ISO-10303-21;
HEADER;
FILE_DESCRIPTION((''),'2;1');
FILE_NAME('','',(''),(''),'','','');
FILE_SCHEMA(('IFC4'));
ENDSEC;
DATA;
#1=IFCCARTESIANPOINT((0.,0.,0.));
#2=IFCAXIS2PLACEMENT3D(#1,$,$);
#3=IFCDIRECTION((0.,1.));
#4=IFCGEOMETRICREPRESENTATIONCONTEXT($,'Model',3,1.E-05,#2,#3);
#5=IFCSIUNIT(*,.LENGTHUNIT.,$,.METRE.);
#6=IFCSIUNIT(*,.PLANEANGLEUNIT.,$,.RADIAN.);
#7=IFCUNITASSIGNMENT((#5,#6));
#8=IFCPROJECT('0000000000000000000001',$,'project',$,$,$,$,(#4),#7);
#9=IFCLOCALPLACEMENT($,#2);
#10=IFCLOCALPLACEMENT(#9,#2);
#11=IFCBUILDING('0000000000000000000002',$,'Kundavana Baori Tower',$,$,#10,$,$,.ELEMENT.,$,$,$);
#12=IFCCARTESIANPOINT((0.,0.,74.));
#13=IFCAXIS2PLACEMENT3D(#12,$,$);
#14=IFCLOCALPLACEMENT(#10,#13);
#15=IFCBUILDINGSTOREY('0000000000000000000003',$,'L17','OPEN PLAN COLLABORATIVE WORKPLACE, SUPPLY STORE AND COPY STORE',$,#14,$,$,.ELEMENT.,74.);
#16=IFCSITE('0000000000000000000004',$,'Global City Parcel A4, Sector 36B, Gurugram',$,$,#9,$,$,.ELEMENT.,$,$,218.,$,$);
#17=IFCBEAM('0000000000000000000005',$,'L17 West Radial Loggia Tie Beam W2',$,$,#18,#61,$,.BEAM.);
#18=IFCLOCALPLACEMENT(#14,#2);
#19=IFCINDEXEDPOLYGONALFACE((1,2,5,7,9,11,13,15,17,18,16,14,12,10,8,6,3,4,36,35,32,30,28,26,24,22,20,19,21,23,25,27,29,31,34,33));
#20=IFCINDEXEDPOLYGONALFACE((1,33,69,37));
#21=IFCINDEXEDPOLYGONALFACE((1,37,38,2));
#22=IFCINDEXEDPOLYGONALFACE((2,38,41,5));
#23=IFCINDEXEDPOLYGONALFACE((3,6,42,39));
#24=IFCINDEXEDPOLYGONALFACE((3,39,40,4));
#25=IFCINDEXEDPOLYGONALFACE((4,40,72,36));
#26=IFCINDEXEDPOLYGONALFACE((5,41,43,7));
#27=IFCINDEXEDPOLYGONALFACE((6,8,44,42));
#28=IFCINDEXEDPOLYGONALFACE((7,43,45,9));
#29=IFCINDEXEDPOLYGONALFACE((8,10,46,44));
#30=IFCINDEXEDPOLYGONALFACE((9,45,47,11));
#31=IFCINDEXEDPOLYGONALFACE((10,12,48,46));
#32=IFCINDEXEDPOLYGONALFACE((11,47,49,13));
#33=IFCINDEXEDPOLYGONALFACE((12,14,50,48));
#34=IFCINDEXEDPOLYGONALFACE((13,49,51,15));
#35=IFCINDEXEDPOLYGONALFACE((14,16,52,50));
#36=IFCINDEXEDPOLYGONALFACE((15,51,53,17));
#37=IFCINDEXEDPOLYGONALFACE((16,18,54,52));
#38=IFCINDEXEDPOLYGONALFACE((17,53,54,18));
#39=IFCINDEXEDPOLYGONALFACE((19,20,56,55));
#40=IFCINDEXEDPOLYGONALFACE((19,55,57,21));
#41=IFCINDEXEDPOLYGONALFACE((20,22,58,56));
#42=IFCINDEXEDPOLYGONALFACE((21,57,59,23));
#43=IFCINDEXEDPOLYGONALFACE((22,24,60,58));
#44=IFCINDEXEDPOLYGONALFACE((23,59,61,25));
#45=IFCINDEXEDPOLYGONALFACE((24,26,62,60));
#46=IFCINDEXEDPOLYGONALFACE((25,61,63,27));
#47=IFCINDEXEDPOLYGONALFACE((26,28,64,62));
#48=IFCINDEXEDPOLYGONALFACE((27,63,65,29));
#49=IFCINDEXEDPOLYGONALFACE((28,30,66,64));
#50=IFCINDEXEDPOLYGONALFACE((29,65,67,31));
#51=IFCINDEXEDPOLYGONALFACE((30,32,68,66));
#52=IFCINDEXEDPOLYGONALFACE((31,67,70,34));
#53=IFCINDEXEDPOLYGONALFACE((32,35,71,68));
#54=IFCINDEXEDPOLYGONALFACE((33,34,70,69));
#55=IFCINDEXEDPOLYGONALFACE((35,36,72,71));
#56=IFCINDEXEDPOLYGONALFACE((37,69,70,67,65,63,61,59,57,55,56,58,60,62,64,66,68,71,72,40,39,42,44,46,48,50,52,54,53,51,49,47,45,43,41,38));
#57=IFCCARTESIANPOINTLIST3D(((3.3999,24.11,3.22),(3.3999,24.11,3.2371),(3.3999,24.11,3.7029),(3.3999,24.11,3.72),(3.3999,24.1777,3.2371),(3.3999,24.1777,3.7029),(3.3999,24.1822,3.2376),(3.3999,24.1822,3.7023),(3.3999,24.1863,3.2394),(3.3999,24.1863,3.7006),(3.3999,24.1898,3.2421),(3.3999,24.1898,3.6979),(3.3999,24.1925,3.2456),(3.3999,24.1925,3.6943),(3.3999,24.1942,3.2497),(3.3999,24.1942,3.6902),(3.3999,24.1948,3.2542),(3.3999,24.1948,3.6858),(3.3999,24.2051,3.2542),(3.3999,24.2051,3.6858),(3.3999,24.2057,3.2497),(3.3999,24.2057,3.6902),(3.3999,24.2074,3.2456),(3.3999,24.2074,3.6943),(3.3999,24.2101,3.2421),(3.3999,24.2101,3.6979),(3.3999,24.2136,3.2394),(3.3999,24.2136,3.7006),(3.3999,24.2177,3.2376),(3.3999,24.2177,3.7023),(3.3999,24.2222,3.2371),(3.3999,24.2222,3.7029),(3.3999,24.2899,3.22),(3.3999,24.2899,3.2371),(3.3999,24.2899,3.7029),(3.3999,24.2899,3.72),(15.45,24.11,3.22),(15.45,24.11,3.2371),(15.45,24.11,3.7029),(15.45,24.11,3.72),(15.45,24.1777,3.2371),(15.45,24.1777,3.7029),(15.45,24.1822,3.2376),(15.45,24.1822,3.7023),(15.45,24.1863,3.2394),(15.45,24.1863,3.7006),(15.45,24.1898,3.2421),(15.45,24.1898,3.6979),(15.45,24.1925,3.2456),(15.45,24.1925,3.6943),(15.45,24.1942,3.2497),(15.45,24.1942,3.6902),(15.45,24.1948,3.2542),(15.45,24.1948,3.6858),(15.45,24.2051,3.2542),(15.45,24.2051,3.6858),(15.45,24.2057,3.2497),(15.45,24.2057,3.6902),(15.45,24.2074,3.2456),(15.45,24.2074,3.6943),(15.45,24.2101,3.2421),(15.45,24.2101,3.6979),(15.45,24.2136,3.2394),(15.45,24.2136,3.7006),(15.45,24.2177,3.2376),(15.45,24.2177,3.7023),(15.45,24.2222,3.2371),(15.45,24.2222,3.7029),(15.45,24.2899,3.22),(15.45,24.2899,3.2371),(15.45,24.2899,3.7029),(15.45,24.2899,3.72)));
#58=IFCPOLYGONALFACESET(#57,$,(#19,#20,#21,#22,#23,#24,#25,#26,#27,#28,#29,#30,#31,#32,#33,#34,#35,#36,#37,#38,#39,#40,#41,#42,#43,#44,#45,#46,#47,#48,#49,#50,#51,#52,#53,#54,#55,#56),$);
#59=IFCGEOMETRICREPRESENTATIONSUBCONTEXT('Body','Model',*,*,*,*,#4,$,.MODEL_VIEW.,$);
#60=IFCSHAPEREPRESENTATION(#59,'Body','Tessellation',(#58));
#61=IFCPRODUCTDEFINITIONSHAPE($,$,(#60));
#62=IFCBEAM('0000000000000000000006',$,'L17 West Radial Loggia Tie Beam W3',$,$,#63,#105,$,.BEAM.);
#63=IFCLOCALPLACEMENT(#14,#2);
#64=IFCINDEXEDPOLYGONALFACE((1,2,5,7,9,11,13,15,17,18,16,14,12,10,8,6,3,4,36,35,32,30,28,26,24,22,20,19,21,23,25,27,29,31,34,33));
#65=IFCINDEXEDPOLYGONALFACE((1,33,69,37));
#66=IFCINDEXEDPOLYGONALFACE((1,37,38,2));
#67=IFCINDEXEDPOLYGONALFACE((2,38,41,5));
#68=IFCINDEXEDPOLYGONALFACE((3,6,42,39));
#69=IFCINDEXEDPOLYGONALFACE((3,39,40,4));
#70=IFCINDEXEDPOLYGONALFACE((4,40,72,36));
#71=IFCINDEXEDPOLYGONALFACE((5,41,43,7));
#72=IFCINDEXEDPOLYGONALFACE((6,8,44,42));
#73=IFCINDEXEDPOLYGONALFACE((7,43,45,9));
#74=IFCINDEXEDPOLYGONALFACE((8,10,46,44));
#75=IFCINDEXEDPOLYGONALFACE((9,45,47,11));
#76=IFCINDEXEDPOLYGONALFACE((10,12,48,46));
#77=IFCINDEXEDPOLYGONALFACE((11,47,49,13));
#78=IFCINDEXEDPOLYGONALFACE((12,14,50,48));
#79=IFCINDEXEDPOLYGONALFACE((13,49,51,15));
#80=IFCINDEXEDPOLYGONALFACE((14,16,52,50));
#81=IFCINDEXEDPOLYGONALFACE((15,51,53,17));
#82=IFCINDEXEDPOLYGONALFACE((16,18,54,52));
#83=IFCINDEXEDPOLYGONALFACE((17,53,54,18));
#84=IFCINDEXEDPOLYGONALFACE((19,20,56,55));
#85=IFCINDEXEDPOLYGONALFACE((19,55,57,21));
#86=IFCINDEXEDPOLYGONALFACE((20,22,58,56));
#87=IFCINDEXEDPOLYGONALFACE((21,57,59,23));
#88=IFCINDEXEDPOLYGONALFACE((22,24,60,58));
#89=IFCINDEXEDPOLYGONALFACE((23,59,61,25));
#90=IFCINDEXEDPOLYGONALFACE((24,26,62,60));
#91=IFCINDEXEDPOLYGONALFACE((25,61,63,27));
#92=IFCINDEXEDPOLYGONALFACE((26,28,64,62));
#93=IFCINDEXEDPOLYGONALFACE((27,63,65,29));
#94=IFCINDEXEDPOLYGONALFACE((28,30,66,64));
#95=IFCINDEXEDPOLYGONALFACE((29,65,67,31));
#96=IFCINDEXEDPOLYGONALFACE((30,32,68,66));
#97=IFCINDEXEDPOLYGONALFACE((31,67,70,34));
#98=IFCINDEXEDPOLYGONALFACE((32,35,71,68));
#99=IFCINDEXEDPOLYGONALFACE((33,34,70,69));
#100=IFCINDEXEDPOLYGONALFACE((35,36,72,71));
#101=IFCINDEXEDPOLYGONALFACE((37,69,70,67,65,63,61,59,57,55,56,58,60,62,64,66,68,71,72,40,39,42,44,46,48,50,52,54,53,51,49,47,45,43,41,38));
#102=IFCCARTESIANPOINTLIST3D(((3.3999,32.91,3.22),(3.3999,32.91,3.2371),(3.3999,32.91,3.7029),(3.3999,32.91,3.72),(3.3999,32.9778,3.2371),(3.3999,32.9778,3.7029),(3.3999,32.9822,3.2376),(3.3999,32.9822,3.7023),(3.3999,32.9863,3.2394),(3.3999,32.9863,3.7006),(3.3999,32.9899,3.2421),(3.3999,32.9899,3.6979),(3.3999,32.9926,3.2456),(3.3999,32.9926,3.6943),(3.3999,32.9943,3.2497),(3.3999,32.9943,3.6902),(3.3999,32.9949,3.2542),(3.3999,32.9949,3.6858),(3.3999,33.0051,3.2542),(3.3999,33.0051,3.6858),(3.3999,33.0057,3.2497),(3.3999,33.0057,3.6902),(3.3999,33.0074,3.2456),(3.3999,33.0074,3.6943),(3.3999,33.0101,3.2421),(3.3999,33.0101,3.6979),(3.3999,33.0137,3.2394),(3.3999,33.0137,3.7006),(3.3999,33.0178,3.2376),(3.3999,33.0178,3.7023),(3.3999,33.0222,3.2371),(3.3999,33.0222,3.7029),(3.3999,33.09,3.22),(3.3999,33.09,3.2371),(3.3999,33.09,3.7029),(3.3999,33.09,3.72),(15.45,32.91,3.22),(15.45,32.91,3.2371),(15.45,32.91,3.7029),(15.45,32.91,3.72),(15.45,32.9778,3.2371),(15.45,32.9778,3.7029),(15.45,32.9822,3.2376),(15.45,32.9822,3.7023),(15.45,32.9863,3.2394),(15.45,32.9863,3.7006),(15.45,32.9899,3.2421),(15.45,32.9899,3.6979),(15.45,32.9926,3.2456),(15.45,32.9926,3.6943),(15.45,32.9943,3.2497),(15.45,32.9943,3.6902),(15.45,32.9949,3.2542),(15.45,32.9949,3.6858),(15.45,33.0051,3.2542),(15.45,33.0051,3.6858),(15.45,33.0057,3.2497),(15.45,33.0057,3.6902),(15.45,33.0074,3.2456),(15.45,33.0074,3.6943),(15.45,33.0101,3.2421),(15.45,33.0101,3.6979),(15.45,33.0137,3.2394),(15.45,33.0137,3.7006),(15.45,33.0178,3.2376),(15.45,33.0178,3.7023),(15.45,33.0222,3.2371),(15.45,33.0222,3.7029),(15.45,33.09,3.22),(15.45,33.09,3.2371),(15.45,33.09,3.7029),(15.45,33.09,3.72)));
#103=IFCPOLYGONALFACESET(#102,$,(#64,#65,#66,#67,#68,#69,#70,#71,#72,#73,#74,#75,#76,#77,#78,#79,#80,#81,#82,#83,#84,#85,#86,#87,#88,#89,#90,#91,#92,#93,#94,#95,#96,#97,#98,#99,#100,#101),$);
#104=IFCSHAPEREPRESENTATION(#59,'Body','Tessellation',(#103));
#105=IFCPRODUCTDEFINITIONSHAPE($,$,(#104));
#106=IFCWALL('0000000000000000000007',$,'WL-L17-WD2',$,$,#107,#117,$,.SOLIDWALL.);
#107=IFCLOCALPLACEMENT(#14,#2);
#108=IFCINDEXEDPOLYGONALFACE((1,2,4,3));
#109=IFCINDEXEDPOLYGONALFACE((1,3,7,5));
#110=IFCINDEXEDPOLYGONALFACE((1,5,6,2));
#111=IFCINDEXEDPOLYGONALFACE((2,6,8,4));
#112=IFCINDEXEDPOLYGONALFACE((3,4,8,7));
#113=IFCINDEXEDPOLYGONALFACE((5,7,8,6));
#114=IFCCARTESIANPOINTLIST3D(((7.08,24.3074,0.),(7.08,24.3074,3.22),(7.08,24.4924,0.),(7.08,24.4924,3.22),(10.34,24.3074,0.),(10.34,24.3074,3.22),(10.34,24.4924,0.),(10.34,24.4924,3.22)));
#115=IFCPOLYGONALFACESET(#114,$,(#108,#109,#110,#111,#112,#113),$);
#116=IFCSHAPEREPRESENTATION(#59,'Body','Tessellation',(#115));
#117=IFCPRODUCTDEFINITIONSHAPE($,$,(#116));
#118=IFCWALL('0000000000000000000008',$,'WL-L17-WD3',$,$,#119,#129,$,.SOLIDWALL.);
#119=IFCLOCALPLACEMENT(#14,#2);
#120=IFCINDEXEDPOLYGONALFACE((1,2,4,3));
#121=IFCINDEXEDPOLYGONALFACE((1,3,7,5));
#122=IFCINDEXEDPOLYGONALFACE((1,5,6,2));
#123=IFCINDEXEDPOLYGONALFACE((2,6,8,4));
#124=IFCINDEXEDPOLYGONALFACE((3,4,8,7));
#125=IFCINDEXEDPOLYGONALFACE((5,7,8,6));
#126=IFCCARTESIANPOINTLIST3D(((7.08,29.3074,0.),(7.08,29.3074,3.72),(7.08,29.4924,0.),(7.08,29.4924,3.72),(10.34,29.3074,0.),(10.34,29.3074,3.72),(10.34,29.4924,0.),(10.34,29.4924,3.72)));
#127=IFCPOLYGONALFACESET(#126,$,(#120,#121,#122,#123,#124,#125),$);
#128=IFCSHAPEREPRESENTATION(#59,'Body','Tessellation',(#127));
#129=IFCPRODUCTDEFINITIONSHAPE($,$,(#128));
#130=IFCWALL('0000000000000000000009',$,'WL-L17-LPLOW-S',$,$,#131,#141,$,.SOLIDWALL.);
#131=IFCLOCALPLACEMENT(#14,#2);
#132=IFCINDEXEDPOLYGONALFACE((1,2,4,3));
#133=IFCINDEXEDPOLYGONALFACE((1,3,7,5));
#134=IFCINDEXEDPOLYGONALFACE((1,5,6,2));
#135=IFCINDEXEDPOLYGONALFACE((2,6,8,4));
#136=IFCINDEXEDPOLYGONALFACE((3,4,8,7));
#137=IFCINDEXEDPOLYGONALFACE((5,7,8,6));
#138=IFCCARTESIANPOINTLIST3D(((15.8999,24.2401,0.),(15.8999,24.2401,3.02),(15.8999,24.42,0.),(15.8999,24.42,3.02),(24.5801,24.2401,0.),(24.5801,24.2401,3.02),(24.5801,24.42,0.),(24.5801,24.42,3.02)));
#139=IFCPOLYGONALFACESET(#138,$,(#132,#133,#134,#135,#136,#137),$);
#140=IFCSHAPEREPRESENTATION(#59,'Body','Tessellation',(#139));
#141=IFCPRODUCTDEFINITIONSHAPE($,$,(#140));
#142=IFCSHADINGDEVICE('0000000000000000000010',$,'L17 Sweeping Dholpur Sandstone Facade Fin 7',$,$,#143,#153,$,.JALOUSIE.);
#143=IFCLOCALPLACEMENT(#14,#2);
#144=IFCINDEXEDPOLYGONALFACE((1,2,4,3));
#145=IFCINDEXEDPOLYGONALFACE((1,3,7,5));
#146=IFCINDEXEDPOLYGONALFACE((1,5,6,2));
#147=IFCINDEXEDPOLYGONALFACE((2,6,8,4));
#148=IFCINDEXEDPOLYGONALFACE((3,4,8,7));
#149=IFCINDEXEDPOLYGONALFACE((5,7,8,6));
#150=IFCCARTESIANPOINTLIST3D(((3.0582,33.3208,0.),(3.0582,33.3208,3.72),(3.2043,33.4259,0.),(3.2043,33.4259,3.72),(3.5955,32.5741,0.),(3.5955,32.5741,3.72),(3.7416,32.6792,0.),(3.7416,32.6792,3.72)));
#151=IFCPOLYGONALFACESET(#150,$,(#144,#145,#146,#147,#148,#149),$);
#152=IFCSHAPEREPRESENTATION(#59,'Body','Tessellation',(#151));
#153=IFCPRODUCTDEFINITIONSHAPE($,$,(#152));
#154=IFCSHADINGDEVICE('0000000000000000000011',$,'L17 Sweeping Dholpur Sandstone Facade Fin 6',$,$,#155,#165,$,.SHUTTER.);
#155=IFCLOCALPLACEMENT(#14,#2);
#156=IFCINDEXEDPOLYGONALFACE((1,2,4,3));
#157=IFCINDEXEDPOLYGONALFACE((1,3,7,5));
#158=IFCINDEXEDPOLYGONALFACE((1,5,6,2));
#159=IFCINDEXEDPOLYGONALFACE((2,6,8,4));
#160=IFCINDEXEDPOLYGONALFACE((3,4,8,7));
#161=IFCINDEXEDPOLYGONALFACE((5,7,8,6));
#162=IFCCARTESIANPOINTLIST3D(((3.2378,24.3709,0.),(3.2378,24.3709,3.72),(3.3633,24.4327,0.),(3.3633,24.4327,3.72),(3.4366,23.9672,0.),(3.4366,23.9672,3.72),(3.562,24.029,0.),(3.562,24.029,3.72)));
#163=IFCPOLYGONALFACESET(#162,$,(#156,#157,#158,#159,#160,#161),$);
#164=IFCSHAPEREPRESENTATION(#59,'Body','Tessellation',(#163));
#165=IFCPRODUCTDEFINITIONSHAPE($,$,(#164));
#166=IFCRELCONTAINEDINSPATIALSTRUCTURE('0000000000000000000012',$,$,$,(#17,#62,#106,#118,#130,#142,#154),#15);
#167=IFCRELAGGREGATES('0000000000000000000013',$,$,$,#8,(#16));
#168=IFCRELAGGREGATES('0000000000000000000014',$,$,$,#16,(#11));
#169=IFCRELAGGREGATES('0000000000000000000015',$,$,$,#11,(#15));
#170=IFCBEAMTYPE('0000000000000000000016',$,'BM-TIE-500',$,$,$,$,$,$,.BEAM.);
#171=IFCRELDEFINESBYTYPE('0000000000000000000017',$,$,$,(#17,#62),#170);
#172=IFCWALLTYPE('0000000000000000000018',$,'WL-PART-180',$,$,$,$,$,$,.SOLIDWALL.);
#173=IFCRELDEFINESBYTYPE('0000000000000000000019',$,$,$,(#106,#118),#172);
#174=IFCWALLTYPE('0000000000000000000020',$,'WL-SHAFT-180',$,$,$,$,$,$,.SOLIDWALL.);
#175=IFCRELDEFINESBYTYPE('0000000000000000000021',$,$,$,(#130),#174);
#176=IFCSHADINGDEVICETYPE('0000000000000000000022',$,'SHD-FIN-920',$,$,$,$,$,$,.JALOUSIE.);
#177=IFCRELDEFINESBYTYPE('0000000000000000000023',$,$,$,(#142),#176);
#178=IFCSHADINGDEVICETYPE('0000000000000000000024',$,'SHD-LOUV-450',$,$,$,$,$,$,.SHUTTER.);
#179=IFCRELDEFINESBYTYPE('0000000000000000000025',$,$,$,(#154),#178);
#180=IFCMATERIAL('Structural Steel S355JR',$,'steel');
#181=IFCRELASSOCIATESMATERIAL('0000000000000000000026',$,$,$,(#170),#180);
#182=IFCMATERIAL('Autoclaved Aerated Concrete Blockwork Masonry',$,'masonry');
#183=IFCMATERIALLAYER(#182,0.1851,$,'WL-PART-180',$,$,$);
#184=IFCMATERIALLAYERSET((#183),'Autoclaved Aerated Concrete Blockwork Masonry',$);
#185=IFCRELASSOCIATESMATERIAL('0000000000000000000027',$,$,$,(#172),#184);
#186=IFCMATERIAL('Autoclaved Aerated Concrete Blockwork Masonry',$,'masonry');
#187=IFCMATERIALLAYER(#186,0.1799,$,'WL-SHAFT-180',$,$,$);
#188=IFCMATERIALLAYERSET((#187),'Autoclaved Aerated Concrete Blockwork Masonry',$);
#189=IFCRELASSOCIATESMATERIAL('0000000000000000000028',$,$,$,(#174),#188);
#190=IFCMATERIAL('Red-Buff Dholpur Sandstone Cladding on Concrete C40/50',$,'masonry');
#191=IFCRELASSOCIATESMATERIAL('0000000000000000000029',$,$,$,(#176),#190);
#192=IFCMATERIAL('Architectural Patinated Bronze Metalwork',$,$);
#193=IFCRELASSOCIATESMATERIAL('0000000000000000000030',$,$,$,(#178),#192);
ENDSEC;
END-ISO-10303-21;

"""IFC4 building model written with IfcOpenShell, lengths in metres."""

from ifc_helpers import new_model, si_unit, direction, frame, frame_2d, origin, origin_2d, place, context, subcontext, project, spatial, rectangle, i_section, extrude, material, layer, layer_set, material_profile, profile_set, type_object, element, save


model = new_model("IFC4")

# Units and contexts
model_context = context("Model", 3, precision=1e-05, world=origin(), true_north=direction((0.0, 1.0)))
body_context = subcontext(model_context, "Body", "Model", "MODEL_VIEW")
ifc_project = project(units=[si_unit("LENGTHUNIT", "METRE"), si_unit("PLANEANGLEUNIT", "RADIAN")], contexts=[model_context])

# Site, building, storey
site_placement = place(None, origin())
site = spatial("IfcSite", under=ifc_project, at=site_placement, Name="Global City Parcel A4, Sector 36B, Gurugram", CompositionType="ELEMENT", RefElevation=218.0)
building_placement = place(site_placement, origin())
building = spatial("IfcBuilding", under=site, at=building_placement, Name="Kundavana Baori Tower", CompositionType="ELEMENT")
storey_placement = place(building_placement, frame((0.0, 0.0, 74.0)))
storey = spatial("IfcBuildingStorey", under=building, at=storey_placement, Name="L17", Description="OPEN PLAN COLLABORATIVE WORKPLACE, SUPPLY STORE AND COPY STORE", CompositionType="ELEMENT", Elevation=74.0)

# Beams
ifc_material_1 = material(Name="Structural Steel S355JR", Category="steel")
ifc_material_profile_1 = material_profile(ifc_material_1, i_section(OverallWidth=0.1799, OverallDepth=0.5, WebThickness=0.0103, FlangeThickness=0.0171, FilletRadius=0.0171, at=origin_2d()), Name="ISMB 500")
ifc_profile_set_1 = profile_set([ifc_material_profile_1], Name="Structural Steel S355JR")
beam_type_1 = type_object("IfcBeamType", Name="BM-TIE-500", PredefinedType="BEAM", material=ifc_profile_set_1)
for number, where, z_axis, x_axis, name in (
    (1, (15.45, 24.2, 3.47), (-1.0, 0.0, 0.0), (0.0, -1.0, 0.0), "L17 West Radial Loggia Tie Beam W2"),
    (2, (15.45, 33.0, 3.47), (-1.0, 0.0, 0.0), (0.0, -1.0, 0.0), "L17 West Radial Loggia Tie Beam W3"),
):
    element("IfcBeam", number, at=place(storey_placement, frame(where, z_axis=z_axis, x_axis=x_axis)), inside=storey, type_object=beam_type_1, Name=name, PredefinedType="BEAM", context=body_context, shape_type="SweptSolid", body=[
        extrude(i_section(OverallWidth=0.1799, OverallDepth=0.5, WebThickness=0.0103, FlangeThickness=0.0171, FilletRadius=0.0171, at=origin_2d()), origin(), (0.0, 0.0, 1.0), 12.05),
    ])

# Walls
ifc_material_2 = material(Name="Autoclaved Aerated Concrete Blockwork Masonry", Category="masonry")
ifc_layer_1 = layer(ifc_material_2, 0.1851, Name="WL-PART-180")
ifc_layer_set_1 = layer_set([ifc_layer_1], Name="Autoclaved Aerated Concrete Blockwork Masonry")
wall_type_1 = type_object("IfcWallType", Name="WL-PART-180", PredefinedType="SOLIDWALL", material=ifc_layer_set_1)
wall_1_placement = place(storey_placement, frame((7.0801, 24.3999, 0.0), z_axis=(0.0, 0.0, 1.0), x_axis=(1.0, 0.0, 0.0)))
element("IfcWall", 3, at=wall_1_placement, inside=storey, type_object=wall_type_1, Name="WL-L17-WD2", PredefinedType="SOLIDWALL", context=body_context, shape_type="SweptSolid", body=[
    extrude(rectangle(XDim=3.26, YDim=0.1851, at=frame_2d((1.6299, 0.0))), origin(), (0.0, 0.0, 1.0), 3.22),
])
wall_2_placement = place(storey_placement, frame((7.0801, 29.3999, 0.0), z_axis=(0.0, 0.0, 1.0), x_axis=(1.0, 0.0, 0.0)))
element("IfcWall", 4, at=wall_2_placement, inside=storey, type_object=wall_type_1, Name="WL-L17-WD3", PredefinedType="SOLIDWALL", context=body_context, shape_type="SweptSolid", body=[
    extrude(rectangle(XDim=3.26, YDim=0.1851, at=frame_2d((1.6299, 0.0))), origin(), (0.0, 0.0, 1.0), 3.72),
])
ifc_material_3 = material(Name="Autoclaved Aerated Concrete Blockwork Masonry", Category="masonry")
ifc_layer_2 = layer(ifc_material_3, 0.1799, Name="WL-SHAFT-180")
ifc_layer_set_2 = layer_set([ifc_layer_2], Name="Autoclaved Aerated Concrete Blockwork Masonry")
wall_type_2 = type_object("IfcWallType", Name="WL-SHAFT-180", PredefinedType="SOLIDWALL", material=ifc_layer_set_2)
wall_3_placement = place(storey_placement, frame((15.8999, 24.3301, 0.0), z_axis=(0.0, 0.0, 1.0), x_axis=(1.0, 0.0, 0.0)))
element("IfcWall", 5, at=wall_3_placement, inside=storey, type_object=wall_type_2, Name="WL-L17-LPLOW-S", PredefinedType="SOLIDWALL", context=body_context, shape_type="SweptSolid", body=[
    extrude(rectangle(XDim=8.6802, YDim=0.1799, at=frame_2d((4.3401, 0.0))), origin(), (0.0, 0.0, 1.0), 3.02),
])

# Shading devices
ifc_material_4 = material(Name="Red-Buff Dholpur Sandstone Cladding on Concrete C40/50", Category="masonry")
shading_device_type_1 = type_object("IfcShadingDeviceType", Name="SHD-FIN-920", PredefinedType="JALOUSIE", material=ifc_material_4)
shading_device_1_placement = place(storey_placement, frame((3.3999, 33.0, 0.0), z_axis=(0.0, 0.0, 1.0), x_axis=(0.811676, 0.584108, 0.0)))
element("IfcShadingDevice", 6, at=shading_device_1_placement, inside=storey, type_object=shading_device_type_1, Name="L17 Sweeping Dholpur Sandstone Facade Fin 7", PredefinedType="JALOUSIE", context=body_context, shape_type="SweptSolid", body=[
    extrude(rectangle(XDim=0.1799, YDim=0.9199, at=origin_2d()), origin(), (0.0, 0.0, 1.0), 3.72),
])
ifc_material_5 = material(Name="Architectural Patinated Bronze Metalwork")
shading_device_type_2 = type_object("IfcShadingDeviceType", Name="SHD-LOUV-450", PredefinedType="SHUTTER", material=ifc_material_5)
shading_device_2_placement = place(storey_placement, frame((3.3999, 24.2, 0.0), z_axis=(0.0, 0.0, 1.0), x_axis=(0.897104, 0.441819, 0.0)))
element("IfcShadingDevice", 7, at=shading_device_2_placement, inside=storey, type_object=shading_device_type_2, Name="L17 Sweeping Dholpur Sandstone Facade Fin 6", PredefinedType="SHUTTER", context=body_context, shape_type="SweptSolid", body=[
    extrude(rectangle(XDim=0.1399, YDim=0.45, at=origin_2d()), origin(), (0.0, 0.0, 1.0), 3.72),
])

save(model, "model.ifc")
